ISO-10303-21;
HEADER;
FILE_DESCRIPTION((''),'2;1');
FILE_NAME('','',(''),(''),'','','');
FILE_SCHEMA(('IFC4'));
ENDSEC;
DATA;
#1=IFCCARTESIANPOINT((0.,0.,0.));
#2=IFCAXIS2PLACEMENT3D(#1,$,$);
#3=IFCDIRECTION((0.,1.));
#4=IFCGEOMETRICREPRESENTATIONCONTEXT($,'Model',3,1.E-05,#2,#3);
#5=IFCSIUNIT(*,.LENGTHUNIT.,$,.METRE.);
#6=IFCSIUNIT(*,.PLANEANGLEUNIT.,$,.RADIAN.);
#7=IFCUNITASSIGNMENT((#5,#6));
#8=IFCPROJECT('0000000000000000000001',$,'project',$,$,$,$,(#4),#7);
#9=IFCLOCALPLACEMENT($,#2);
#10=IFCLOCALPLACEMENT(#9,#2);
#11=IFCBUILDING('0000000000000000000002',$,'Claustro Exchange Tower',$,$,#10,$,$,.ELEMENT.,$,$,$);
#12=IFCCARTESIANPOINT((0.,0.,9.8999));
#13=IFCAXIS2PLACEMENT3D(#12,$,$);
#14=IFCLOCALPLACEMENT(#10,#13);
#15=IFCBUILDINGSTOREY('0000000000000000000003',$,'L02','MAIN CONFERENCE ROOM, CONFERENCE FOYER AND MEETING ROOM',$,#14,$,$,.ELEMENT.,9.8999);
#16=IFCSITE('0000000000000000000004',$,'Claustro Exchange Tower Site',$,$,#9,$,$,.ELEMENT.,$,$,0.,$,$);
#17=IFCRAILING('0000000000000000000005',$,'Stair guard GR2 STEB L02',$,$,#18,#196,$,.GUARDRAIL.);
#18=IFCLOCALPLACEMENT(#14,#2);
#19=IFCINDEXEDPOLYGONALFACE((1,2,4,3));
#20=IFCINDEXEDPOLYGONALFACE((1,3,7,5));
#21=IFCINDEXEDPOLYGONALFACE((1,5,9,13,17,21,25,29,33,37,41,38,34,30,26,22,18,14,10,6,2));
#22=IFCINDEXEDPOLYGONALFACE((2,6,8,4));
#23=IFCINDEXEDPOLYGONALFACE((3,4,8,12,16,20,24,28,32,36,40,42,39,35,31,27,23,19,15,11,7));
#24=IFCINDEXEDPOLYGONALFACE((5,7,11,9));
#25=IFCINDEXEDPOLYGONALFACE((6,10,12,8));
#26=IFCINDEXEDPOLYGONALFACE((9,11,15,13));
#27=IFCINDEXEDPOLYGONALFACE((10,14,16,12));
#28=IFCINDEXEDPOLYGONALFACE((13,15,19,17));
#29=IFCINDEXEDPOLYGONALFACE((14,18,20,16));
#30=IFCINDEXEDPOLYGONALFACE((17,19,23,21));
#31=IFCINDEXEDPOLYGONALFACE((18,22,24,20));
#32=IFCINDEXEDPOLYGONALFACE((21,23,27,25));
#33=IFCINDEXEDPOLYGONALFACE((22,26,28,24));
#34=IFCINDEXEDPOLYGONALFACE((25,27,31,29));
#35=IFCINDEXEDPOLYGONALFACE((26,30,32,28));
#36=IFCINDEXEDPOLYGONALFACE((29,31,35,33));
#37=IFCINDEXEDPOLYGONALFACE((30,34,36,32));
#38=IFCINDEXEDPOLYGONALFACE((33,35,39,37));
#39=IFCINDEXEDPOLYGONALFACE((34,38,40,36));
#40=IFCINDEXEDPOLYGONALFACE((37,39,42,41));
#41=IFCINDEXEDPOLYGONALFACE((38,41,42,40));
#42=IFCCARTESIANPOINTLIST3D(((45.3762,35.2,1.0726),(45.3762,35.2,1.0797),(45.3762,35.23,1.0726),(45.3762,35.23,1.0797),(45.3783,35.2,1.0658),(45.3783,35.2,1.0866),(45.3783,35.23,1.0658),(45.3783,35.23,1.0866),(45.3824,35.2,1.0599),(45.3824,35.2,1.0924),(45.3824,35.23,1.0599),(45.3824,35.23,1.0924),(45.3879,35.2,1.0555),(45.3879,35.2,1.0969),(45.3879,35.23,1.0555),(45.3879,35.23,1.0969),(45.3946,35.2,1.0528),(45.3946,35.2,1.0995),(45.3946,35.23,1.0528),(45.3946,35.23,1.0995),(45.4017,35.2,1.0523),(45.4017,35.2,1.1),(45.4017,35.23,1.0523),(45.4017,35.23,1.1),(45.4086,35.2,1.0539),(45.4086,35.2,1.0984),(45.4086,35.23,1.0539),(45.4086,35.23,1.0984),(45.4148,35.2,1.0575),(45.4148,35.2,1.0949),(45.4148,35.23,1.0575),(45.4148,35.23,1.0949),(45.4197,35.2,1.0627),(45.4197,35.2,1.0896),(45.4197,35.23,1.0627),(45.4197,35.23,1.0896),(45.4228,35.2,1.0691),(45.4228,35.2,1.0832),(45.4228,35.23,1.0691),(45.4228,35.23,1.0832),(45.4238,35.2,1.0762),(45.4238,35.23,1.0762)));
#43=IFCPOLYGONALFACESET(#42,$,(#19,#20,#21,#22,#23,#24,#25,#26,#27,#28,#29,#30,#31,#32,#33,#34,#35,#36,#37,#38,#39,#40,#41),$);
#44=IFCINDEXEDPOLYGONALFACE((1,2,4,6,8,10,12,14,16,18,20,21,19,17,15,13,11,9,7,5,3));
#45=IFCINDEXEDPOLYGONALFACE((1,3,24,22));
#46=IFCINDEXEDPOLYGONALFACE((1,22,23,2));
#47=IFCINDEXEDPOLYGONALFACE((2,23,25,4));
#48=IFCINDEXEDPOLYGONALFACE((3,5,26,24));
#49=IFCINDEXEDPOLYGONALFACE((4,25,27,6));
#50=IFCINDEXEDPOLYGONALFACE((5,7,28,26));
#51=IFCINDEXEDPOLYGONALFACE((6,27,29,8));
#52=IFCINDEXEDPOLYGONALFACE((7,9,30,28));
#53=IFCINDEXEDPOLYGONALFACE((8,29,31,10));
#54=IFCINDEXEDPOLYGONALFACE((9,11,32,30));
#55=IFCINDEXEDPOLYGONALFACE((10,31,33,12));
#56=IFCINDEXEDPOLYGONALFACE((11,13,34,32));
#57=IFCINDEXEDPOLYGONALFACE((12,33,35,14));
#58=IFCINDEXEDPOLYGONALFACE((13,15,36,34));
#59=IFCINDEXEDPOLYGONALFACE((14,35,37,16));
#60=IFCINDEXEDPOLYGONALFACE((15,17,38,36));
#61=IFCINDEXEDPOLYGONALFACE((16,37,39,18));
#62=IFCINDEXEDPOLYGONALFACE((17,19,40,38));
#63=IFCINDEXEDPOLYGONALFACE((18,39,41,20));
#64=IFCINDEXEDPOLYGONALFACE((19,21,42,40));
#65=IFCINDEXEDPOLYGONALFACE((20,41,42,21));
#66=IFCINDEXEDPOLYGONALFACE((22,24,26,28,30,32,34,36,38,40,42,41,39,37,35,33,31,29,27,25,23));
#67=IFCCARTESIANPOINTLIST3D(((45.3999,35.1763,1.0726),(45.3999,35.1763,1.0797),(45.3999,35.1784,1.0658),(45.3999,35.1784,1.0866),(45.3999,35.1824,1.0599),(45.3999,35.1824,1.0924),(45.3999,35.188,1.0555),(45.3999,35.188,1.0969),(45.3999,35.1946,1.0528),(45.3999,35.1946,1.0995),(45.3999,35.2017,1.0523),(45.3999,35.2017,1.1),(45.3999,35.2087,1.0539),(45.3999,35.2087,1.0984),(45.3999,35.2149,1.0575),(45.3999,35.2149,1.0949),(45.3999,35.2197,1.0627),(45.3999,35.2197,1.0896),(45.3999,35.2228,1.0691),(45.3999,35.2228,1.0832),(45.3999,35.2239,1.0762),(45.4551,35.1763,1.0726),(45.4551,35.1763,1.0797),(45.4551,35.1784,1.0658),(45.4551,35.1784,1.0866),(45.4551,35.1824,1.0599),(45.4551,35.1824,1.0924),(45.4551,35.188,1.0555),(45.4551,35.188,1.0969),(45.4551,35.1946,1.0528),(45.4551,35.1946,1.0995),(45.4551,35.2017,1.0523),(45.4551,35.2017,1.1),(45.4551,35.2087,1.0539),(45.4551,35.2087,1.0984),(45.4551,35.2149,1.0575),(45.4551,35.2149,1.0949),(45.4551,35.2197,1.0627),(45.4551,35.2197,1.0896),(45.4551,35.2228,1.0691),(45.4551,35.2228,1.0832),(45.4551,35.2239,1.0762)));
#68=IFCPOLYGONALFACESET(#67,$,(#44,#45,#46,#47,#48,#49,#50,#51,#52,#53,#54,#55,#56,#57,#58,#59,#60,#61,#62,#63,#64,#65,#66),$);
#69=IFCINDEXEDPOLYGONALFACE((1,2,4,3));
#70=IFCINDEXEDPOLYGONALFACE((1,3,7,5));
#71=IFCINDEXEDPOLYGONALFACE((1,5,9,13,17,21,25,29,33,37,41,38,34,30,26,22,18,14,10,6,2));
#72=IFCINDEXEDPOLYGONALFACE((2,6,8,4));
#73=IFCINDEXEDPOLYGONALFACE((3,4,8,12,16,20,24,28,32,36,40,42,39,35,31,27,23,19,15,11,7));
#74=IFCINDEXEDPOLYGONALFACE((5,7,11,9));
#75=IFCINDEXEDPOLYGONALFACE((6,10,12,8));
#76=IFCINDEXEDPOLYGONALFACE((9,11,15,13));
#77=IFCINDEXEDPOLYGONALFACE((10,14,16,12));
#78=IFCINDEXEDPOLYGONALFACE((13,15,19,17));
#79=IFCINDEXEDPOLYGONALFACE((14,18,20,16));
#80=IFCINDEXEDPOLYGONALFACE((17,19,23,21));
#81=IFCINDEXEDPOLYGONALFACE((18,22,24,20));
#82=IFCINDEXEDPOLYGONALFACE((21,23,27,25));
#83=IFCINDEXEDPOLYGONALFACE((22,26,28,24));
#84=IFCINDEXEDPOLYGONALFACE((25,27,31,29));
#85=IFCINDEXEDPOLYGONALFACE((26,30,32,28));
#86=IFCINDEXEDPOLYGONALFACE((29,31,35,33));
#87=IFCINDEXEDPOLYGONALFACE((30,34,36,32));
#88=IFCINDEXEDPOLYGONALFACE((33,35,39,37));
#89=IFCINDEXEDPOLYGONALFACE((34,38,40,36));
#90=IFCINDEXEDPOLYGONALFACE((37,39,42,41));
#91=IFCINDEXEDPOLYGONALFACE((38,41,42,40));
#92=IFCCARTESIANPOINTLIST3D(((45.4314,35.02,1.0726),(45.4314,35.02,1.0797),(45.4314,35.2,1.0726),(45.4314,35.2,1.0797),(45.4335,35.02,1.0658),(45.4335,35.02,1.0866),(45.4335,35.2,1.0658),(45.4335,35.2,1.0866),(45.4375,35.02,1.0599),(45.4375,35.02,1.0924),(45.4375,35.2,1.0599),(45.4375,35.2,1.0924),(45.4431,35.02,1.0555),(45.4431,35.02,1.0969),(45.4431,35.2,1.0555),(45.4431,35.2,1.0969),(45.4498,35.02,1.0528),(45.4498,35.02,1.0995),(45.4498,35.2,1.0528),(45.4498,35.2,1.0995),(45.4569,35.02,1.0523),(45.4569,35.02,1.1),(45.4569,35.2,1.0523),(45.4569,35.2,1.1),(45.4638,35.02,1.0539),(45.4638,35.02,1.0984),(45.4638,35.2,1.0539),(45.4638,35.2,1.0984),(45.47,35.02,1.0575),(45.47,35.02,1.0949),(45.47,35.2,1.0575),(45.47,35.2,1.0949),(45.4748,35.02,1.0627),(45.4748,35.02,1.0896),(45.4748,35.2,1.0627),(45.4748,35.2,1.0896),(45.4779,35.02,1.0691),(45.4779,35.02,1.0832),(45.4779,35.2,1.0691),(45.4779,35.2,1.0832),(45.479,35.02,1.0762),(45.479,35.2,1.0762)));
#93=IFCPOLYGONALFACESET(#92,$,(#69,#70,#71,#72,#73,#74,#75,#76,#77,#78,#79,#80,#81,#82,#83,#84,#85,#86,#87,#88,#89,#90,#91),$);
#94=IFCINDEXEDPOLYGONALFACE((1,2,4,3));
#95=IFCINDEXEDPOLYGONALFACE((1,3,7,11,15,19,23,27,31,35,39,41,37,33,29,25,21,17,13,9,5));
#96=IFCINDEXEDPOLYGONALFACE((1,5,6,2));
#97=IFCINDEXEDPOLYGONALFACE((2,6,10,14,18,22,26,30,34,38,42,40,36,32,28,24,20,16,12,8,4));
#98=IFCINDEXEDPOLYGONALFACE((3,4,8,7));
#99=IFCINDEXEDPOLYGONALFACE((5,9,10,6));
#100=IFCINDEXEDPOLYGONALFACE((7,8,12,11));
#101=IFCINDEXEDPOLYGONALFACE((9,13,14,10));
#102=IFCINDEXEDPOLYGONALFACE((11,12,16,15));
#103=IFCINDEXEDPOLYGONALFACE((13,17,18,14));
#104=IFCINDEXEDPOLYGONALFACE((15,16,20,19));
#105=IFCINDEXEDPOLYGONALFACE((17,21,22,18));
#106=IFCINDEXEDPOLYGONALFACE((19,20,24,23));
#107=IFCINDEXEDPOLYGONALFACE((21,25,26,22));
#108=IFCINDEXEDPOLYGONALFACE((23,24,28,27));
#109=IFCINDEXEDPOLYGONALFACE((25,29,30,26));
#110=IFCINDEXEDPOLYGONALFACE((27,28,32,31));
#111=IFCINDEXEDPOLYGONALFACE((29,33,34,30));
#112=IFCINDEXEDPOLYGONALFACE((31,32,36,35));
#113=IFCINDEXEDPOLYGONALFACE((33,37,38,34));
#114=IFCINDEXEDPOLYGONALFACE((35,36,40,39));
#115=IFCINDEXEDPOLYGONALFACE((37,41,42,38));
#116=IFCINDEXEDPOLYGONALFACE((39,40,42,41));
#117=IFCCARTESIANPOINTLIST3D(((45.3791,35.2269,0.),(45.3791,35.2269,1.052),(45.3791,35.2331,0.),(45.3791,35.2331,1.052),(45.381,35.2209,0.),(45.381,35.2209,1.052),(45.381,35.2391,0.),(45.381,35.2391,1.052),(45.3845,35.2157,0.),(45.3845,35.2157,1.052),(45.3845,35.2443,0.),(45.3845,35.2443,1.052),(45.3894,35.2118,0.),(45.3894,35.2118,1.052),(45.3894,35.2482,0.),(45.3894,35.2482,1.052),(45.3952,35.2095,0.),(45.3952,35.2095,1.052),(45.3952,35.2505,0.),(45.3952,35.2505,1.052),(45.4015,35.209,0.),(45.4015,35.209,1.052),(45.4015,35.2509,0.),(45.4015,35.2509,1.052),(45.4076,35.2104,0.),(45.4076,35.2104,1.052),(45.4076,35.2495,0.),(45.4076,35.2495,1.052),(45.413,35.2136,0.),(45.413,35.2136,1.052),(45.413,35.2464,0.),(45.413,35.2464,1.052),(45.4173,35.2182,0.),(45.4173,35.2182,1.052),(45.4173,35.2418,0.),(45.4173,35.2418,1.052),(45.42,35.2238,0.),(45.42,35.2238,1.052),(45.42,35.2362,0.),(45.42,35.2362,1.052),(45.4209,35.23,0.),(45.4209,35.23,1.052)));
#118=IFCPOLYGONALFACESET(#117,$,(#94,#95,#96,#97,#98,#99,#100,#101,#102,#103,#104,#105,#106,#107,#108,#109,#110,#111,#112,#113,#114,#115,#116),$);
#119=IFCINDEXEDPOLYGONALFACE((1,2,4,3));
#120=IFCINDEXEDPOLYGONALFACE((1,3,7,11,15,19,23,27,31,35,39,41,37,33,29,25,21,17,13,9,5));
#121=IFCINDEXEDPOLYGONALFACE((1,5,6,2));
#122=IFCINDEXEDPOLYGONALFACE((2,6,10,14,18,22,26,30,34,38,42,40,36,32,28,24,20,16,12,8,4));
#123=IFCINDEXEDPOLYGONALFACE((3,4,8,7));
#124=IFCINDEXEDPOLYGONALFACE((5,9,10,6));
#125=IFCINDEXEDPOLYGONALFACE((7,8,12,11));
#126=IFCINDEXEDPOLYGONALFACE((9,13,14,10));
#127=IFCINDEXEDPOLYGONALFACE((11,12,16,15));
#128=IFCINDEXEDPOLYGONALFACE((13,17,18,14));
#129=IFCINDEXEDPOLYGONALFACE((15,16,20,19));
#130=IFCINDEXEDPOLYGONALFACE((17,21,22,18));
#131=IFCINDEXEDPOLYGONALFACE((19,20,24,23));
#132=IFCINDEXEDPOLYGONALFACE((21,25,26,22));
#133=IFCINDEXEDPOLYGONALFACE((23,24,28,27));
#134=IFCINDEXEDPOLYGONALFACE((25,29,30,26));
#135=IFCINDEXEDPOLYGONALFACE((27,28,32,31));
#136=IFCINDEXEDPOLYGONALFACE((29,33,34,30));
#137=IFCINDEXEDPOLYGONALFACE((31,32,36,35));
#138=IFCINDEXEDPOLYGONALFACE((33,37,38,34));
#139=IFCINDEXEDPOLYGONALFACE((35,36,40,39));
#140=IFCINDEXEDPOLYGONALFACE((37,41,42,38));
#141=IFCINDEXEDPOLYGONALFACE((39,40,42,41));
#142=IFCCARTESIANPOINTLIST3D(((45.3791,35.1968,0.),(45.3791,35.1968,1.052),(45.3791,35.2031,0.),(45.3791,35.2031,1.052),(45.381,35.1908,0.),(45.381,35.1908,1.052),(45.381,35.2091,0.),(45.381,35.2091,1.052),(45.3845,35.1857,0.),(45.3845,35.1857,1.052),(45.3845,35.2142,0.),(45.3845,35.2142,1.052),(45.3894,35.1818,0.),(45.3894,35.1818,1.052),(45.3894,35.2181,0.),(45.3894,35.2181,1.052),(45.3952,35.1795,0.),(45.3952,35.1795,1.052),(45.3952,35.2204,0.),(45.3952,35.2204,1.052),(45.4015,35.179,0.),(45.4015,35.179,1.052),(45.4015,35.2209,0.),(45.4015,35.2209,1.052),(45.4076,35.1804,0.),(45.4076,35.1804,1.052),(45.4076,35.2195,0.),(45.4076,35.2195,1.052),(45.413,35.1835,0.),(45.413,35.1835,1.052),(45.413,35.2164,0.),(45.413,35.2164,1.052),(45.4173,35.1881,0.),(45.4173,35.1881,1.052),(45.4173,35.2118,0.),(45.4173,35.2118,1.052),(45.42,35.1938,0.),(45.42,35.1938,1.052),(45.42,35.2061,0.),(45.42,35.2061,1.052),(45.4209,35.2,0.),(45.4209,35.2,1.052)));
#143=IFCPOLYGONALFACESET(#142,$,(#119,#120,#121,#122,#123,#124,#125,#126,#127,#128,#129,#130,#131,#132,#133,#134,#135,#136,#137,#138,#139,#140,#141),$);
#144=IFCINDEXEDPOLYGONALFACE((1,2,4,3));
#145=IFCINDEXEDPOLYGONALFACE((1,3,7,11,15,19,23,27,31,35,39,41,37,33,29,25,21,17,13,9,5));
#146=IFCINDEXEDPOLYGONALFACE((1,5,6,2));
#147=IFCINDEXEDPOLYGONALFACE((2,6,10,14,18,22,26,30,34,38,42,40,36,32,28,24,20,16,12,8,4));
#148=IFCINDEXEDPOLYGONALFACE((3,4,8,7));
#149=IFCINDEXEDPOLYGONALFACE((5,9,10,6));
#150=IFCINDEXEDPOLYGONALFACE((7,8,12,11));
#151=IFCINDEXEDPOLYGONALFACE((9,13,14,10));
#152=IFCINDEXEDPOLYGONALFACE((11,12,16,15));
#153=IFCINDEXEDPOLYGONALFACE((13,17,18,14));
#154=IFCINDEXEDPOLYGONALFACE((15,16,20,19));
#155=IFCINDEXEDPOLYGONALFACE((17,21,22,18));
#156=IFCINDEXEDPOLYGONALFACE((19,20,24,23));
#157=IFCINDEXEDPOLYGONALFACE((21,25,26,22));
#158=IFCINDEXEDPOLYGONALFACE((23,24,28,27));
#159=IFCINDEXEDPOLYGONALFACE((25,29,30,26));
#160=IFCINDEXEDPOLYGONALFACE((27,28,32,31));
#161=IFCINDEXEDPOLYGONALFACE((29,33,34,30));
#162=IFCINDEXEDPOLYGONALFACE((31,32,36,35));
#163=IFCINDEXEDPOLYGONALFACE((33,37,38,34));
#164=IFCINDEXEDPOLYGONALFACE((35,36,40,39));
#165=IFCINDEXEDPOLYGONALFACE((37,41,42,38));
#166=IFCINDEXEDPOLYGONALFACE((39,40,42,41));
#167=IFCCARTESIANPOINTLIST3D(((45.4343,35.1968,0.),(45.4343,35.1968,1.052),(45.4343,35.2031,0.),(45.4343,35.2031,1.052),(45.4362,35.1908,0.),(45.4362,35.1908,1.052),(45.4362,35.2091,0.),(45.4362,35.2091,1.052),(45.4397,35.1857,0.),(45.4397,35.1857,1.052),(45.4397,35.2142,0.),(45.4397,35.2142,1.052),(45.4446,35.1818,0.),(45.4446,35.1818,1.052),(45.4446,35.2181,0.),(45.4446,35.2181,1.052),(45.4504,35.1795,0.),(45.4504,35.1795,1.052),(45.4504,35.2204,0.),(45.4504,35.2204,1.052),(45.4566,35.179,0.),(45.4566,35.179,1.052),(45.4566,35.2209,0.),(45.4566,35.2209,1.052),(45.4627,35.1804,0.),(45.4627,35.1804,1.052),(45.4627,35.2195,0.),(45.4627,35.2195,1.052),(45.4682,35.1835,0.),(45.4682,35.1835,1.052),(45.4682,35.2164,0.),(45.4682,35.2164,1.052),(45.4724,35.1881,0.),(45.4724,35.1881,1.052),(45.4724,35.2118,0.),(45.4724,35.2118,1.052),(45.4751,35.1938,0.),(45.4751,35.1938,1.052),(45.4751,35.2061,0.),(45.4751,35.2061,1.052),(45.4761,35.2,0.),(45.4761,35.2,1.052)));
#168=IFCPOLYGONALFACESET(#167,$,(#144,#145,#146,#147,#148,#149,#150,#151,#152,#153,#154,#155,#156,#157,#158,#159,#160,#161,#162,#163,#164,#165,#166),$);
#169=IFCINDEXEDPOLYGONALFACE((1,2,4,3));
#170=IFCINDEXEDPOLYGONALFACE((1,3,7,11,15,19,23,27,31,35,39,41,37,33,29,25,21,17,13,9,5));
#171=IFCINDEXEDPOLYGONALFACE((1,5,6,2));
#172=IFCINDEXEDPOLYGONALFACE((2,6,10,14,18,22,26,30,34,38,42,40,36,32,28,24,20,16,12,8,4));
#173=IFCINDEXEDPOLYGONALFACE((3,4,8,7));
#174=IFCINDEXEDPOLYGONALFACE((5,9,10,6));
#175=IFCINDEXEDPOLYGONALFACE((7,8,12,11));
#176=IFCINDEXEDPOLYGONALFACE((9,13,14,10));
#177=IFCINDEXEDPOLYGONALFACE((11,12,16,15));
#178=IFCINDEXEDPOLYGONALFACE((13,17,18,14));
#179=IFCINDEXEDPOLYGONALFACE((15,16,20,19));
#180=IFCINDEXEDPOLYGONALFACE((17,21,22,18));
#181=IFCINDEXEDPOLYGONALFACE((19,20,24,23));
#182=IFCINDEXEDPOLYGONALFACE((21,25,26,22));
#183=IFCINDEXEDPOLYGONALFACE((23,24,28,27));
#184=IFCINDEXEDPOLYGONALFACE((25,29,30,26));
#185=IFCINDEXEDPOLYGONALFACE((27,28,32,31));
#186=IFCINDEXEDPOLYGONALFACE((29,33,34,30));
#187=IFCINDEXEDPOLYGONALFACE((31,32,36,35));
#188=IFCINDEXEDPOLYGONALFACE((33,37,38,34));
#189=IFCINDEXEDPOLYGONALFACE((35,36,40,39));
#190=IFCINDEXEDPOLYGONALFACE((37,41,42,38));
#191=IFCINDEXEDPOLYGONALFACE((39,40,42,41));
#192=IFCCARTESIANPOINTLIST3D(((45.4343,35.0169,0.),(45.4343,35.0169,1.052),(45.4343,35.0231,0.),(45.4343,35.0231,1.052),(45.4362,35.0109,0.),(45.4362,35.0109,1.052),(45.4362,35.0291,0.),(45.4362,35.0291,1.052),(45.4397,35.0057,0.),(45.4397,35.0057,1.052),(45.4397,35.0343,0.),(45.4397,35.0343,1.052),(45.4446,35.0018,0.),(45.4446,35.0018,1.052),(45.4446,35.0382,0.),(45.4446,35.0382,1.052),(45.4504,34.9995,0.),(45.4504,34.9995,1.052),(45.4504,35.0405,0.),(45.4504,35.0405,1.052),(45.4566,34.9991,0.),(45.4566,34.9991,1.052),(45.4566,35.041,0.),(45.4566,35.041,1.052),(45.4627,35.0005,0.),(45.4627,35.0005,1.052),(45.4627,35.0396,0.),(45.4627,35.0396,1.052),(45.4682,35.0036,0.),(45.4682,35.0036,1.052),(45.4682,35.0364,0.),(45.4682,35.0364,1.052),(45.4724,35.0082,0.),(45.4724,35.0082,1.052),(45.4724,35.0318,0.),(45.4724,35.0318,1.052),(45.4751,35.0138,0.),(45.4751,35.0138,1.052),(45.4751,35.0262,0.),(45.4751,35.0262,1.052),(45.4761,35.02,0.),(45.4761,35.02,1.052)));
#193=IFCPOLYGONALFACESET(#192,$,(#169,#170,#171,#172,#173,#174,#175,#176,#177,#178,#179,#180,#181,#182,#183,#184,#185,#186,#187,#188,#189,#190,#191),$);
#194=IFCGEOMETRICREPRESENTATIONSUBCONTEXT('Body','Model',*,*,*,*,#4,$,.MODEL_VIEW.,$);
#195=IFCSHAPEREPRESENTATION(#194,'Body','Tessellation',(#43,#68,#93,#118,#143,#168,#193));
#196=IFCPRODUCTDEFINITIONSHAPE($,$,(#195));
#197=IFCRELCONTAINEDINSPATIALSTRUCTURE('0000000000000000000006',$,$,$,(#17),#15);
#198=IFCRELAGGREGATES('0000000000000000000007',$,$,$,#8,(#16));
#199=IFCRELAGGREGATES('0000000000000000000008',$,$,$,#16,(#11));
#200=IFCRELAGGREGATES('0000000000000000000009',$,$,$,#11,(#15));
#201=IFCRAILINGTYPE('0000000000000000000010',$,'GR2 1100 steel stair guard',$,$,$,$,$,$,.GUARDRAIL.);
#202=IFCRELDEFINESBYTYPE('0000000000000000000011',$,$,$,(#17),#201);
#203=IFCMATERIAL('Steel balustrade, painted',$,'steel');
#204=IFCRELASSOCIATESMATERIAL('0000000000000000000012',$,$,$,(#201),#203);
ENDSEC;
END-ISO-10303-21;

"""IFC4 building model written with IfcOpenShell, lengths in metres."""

from ifc_helpers import new_model, si_unit, direction, frame, origin, origin_2d, place, context, subcontext, project, spatial, circle, extrude, material, type_object, element, save


model = new_model("IFC4")

# Units and contexts
model_context = context("Model", 3, precision=1e-05, world=origin(), true_north=direction((0.0, 1.0)))
body_context = subcontext(model_context, "Body", "Model", "MODEL_VIEW")
ifc_project = project(units=[si_unit("LENGTHUNIT", "METRE"), si_unit("PLANEANGLEUNIT", "RADIAN")], contexts=[model_context])

# Site, building, storey
site_placement = place(None, origin())
site = spatial("IfcSite", under=ifc_project, at=site_placement, Name="Claustro Exchange Tower Site", CompositionType="ELEMENT", RefElevation=0.0)
building_placement = place(site_placement, origin())
building = spatial("IfcBuilding", under=site, at=building_placement, Name="Claustro Exchange Tower", CompositionType="ELEMENT")
storey_placement = place(building_placement, frame((0.0, 0.0, 9.8999)))
storey = spatial("IfcBuildingStorey", under=building, at=storey_placement, Name="L02", Description="MAIN CONFERENCE ROOM, CONFERENCE FOYER AND MEETING ROOM", CompositionType="ELEMENT", Elevation=9.8999)

# Railing
ifc_material_1 = material(Name="Steel balustrade, painted", Category="steel")
railing_type_1 = type_object("IfcRailingType", Name="GR2 1100 steel stair guard", PredefinedType="GUARDRAIL", material=ifc_material_1)
railing_1_placement = place(storey_placement, frame((45.3999, 35.23, 0.0)))
element("IfcRailing", 1, at=railing_1_placement, inside=storey, type_object=railing_type_1, Name="Stair guard GR2 STEB L02", PredefinedType="GUARDRAIL", context=body_context, shape_type="SweptSolid", body=[
    extrude(circle(Radius=0.0239, at=origin_2d()), frame((0.0, 0.0, 1.0762), z_axis=(0.0, -1.0, 0.0), x_axis=(1.0, 0.0, 0.0)), (0.0, 0.0, 1.0), 0.03),
    extrude(circle(Radius=0.0239, at=origin_2d()), frame((0.0, -0.03, 1.0762), z_axis=(1.0, 0.0, 0.0), x_axis=(0.0, 1.0, 0.0)), (0.0, 0.0, 1.0), 0.0552),
    extrude(circle(Radius=0.0239, at=origin_2d()), frame((0.0552, -0.03, 1.0762), z_axis=(0.0, -1.0, 0.0), x_axis=(1.0, 0.0, 0.0)), (0.0, 0.0, 1.0), 0.1799),
    extrude(circle(Radius=0.021, at=origin_2d()), origin(), (0.0, 0.0, 1.0), 1.052),
    extrude(circle(Radius=0.021, at=origin_2d()), frame((0.0, -0.03, 0.0)), (0.0, 0.0, 1.0), 1.052),
    extrude(circle(Radius=0.021, at=origin_2d()), frame((0.0552, -0.03, 0.0)), (0.0, 0.0, 1.0), 1.052),
    extrude(circle(Radius=0.021, at=origin_2d()), frame((0.0552, -0.21, 0.0)), (0.0, 0.0, 1.0), 1.052),
])

save(model, "model.ifc")
